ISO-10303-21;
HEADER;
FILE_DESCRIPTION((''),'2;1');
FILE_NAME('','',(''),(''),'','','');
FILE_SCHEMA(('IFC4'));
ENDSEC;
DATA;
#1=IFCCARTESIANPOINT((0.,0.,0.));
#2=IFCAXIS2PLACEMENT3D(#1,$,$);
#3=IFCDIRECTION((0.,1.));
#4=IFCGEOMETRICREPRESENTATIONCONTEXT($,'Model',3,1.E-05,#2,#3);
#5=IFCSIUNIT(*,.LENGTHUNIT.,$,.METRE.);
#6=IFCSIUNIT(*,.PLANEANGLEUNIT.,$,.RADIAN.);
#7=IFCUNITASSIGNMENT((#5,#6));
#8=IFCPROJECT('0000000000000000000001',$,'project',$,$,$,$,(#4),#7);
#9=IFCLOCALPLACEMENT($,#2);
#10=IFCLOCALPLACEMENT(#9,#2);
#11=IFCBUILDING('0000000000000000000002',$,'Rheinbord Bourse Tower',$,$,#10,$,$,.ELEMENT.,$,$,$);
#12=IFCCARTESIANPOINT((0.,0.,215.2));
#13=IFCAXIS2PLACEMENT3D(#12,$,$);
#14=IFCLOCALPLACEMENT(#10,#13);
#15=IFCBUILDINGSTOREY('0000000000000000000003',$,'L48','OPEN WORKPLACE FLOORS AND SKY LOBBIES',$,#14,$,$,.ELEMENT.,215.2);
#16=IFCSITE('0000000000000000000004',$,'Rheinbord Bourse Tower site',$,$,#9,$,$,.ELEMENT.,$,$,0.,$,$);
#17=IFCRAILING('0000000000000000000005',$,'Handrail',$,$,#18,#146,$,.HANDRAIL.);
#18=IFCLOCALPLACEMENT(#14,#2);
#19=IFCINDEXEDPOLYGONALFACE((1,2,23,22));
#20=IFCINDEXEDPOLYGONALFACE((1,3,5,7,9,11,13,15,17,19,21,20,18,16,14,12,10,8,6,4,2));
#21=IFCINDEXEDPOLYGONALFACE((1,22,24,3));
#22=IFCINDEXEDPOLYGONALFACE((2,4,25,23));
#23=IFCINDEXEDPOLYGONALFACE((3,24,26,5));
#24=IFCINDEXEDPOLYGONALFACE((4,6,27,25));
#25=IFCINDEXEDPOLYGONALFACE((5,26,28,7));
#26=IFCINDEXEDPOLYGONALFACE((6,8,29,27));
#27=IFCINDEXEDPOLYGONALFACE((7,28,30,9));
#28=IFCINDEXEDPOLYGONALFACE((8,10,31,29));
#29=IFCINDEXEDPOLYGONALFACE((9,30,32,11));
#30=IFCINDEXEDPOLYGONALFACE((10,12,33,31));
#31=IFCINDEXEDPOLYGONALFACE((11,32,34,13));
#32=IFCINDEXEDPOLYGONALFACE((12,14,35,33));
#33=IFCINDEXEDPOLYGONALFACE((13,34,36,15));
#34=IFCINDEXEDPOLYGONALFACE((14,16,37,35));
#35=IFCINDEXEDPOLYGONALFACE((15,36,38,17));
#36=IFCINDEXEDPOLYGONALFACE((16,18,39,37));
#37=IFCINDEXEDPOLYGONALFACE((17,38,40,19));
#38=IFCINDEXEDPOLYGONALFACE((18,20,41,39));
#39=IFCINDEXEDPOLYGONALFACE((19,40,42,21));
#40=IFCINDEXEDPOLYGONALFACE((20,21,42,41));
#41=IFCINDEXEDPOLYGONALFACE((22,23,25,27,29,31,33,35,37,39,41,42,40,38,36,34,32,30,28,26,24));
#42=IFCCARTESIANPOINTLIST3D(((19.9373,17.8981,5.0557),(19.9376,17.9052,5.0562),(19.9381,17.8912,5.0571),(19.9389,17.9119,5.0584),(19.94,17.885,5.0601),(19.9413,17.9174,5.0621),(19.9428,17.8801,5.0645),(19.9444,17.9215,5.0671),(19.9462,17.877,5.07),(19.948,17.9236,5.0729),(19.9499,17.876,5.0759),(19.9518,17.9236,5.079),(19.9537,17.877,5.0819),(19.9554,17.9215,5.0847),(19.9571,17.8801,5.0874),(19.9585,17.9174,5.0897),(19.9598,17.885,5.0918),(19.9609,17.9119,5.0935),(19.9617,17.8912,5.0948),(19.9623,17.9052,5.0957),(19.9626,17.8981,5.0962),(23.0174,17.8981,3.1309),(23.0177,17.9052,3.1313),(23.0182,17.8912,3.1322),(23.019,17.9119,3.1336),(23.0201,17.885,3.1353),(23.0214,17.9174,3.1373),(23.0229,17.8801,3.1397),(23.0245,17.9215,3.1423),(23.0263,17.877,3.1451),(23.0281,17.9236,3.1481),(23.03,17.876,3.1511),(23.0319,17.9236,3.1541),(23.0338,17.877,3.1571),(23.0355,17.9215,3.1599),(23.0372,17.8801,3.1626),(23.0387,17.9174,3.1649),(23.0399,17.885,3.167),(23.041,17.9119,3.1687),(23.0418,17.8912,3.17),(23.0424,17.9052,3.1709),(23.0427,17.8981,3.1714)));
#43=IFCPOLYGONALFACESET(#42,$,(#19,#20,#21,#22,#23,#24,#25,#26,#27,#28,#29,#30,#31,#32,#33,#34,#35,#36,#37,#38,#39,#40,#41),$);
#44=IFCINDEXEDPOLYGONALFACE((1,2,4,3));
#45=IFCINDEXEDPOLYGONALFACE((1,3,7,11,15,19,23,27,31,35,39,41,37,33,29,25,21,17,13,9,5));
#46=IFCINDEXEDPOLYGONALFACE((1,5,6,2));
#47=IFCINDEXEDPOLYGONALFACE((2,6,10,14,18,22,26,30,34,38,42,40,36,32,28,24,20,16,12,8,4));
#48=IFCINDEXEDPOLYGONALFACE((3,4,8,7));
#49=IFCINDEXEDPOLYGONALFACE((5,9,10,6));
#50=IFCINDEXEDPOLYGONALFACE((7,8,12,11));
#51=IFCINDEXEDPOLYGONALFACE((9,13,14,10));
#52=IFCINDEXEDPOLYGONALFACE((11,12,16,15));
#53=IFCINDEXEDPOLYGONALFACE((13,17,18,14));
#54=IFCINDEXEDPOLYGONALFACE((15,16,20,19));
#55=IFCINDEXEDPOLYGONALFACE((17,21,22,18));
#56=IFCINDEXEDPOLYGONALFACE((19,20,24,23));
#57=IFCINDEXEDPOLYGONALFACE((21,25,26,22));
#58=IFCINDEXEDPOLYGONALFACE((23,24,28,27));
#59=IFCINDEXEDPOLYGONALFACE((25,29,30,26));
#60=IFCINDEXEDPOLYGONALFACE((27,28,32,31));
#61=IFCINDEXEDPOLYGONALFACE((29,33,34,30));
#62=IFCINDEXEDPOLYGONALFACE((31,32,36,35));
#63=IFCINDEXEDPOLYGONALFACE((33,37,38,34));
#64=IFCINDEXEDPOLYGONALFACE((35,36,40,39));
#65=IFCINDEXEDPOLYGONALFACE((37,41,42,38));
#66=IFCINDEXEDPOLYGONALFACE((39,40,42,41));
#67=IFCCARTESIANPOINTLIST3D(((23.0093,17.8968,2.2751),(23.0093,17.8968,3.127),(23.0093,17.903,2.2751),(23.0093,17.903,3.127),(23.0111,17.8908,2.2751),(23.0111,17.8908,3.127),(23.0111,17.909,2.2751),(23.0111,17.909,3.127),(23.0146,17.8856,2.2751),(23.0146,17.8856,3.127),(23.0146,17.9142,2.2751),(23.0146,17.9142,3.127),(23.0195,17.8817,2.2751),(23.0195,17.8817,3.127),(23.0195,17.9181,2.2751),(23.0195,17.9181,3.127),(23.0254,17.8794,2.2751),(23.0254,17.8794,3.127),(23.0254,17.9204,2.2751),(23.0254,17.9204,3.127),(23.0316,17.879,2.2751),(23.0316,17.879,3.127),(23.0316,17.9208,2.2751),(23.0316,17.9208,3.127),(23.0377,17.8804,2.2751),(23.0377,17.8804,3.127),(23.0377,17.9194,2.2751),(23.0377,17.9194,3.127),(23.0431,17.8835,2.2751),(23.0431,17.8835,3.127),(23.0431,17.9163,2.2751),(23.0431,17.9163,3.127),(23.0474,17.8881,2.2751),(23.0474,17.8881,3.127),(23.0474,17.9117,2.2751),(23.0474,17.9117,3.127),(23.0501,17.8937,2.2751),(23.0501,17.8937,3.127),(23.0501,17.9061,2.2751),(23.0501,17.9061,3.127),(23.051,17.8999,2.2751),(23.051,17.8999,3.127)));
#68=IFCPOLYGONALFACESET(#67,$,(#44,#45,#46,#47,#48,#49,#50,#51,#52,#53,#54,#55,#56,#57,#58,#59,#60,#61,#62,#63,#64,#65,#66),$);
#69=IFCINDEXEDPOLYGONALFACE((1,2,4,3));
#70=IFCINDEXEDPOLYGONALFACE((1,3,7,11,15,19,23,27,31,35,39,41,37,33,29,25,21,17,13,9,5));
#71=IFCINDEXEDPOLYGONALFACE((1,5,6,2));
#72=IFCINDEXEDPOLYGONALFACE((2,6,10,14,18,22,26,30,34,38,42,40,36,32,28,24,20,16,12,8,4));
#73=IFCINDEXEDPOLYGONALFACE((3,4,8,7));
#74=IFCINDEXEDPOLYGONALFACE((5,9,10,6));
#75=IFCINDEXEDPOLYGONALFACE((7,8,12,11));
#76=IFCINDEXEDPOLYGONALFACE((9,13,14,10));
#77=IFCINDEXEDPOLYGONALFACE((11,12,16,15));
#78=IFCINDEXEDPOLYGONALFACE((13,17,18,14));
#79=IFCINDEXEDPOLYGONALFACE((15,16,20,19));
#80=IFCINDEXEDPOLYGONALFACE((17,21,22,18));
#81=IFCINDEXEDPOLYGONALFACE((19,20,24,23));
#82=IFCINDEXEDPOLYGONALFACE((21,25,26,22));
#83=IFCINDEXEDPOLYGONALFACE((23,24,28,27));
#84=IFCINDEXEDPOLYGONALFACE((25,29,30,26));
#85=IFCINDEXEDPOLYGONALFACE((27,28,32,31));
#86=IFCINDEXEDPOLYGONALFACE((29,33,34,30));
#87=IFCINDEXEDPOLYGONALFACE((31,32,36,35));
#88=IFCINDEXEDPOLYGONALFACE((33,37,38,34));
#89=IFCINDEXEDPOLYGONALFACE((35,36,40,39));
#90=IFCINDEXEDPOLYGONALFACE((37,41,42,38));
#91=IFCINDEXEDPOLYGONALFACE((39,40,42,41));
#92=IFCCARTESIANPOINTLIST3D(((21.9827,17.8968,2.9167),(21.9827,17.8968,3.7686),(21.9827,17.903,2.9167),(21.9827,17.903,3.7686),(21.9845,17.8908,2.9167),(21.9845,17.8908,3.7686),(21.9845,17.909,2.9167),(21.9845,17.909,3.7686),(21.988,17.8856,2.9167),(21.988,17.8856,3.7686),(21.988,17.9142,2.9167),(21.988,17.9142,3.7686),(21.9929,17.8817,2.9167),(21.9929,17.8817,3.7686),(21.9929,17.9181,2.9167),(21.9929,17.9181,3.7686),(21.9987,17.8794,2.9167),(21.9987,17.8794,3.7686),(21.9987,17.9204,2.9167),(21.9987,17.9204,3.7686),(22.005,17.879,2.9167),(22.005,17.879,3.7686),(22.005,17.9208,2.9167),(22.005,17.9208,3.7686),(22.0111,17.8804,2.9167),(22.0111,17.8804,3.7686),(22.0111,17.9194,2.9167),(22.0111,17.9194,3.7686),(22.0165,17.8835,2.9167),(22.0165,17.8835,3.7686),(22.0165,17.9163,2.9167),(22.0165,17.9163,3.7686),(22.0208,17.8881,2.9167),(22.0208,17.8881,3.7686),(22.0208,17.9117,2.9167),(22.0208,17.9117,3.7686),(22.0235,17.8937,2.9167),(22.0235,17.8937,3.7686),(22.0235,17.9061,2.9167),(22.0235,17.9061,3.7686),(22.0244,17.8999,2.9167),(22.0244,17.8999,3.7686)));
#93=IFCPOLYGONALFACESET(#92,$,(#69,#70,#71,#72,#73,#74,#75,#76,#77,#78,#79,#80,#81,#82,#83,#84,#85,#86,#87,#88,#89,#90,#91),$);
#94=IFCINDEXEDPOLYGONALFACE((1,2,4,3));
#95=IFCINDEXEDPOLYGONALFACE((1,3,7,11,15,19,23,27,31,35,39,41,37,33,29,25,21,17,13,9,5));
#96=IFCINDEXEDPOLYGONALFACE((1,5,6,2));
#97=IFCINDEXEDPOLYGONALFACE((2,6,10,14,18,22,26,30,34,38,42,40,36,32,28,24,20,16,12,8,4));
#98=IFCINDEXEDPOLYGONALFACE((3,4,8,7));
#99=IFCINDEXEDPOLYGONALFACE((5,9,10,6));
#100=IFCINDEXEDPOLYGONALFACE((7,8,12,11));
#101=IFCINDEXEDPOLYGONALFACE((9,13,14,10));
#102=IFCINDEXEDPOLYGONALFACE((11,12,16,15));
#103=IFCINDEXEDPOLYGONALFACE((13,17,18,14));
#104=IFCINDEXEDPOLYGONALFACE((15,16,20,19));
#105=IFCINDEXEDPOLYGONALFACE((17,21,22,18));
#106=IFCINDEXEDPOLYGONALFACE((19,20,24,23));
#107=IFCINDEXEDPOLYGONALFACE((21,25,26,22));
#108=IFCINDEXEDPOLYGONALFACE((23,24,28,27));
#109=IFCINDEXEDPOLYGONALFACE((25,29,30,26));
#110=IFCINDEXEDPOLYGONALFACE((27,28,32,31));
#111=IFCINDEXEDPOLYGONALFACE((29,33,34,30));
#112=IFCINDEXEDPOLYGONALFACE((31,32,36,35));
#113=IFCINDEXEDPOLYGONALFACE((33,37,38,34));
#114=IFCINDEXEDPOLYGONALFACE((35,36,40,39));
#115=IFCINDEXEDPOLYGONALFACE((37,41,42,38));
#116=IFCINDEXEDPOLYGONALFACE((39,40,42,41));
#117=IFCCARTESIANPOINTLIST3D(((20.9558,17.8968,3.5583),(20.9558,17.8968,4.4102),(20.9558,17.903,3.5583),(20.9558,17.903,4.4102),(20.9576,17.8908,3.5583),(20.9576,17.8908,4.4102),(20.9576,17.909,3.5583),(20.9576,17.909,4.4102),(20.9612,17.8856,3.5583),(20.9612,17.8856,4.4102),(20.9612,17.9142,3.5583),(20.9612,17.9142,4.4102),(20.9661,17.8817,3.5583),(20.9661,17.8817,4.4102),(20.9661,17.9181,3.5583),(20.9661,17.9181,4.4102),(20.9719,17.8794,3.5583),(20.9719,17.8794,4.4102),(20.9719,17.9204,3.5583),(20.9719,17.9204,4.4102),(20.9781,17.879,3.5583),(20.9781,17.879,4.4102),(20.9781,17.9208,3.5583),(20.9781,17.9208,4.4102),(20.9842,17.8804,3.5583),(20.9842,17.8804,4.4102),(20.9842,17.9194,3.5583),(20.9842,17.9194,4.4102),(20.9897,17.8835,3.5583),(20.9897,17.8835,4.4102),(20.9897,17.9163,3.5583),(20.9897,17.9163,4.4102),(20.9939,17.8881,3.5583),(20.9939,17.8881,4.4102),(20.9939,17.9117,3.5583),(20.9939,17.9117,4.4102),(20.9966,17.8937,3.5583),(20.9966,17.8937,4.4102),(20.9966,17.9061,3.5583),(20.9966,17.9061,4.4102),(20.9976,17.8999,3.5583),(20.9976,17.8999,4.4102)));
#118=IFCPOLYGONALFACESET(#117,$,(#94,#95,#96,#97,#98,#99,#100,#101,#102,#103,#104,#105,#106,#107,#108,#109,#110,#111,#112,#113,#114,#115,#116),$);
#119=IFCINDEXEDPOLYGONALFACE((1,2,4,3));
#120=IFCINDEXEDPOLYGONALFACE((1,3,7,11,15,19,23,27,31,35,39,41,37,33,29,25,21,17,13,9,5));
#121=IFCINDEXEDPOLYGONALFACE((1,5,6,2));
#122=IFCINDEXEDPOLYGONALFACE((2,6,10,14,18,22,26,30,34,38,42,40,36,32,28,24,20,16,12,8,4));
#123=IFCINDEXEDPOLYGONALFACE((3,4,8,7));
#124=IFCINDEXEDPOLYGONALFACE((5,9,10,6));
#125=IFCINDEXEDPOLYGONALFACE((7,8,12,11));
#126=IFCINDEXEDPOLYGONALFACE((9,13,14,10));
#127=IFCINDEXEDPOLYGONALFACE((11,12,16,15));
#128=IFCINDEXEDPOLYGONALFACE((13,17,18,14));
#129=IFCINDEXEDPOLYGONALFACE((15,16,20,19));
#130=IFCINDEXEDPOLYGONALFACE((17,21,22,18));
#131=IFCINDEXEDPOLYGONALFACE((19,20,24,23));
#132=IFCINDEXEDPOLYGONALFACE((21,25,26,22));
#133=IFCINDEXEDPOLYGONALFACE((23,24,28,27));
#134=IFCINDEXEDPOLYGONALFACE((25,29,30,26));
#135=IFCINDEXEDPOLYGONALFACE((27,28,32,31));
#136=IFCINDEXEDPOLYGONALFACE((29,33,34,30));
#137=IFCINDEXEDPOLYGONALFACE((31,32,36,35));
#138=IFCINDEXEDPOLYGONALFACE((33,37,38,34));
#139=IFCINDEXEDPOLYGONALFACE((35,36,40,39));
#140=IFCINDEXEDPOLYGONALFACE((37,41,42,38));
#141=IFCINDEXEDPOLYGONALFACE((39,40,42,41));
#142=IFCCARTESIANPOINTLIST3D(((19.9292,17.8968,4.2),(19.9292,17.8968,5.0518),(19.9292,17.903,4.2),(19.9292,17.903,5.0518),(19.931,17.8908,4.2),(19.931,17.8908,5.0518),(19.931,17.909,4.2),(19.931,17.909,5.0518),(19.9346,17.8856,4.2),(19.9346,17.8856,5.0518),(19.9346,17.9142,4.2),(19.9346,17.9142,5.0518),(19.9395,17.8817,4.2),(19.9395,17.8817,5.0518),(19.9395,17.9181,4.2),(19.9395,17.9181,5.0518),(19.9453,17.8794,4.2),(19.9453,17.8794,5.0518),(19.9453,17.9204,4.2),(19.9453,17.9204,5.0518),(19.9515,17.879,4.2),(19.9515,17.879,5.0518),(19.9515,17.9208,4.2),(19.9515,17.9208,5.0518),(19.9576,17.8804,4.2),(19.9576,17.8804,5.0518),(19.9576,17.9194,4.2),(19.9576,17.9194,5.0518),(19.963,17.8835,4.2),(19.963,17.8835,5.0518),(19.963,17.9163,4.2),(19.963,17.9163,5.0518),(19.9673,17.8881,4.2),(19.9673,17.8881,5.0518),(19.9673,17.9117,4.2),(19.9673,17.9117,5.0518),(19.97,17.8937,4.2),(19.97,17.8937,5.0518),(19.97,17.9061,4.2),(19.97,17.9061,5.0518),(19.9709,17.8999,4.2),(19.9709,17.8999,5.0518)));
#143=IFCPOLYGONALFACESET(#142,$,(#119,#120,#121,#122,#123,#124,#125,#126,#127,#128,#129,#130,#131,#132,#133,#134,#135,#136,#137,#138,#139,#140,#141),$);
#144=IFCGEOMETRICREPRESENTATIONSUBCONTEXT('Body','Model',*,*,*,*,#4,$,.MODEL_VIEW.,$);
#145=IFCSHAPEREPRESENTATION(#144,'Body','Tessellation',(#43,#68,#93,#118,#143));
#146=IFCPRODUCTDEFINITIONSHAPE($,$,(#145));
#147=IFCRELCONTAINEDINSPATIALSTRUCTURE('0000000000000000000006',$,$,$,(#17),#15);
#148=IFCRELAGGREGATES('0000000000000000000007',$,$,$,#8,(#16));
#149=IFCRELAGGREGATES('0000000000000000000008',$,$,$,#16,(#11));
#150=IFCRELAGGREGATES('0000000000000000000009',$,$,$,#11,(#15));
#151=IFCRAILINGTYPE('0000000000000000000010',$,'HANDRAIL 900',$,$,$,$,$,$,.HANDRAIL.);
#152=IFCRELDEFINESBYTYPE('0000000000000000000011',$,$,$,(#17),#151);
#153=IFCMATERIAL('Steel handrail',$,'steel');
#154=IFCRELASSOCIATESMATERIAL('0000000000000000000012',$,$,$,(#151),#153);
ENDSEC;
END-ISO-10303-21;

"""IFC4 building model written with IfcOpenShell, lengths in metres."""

from ifc_helpers import new_model, si_unit, direction, frame, origin, origin_2d, place, context, subcontext, project, spatial, circle, extrude, material, type_object, element, save


model = new_model("IFC4")

# Units and contexts
model_context = context("Model", 3, precision=1e-05, world=origin(), true_north=direction((0.0, 1.0)))
body_context = subcontext(model_context, "Body", "Model", "MODEL_VIEW")
ifc_project = project(units=[si_unit("LENGTHUNIT", "METRE"), si_unit("PLANEANGLEUNIT", "RADIAN")], contexts=[model_context])

# Site, building, storey
site_placement = place(None, origin())
site = spatial("IfcSite", under=ifc_project, at=site_placement, Name="Rheinbord Bourse Tower site", CompositionType="ELEMENT", RefElevation=0.0)
building_placement = place(site_placement, origin())
building = spatial("IfcBuilding", under=site, at=building_placement, Name="Rheinbord Bourse Tower", CompositionType="ELEMENT")
storey_placement = place(building_placement, frame((0.0, 0.0, 215.2)))
storey = spatial("IfcBuildingStorey", under=building, at=storey_placement, Name="L48", Description="OPEN WORKPLACE FLOORS AND SKY LOBBIES", CompositionType="ELEMENT", Elevation=215.2)

# Railing
ifc_material_1 = material(Name="Steel handrail", Category="steel")
railing_type = type_object("IfcRailingType", Name="HANDRAIL 900", PredefinedType="HANDRAIL", material=ifc_material_1)
railing_1_placement = place(storey_placement, frame((23.03, 17.8999, 2.2751)))
element("IfcRailing", 1, at=railing_1_placement, inside=storey, type_object=railing_type, Name="Handrail", PredefinedType="HANDRAIL", context=body_context, shape_type="SweptSolid", body=[
    extrude(circle(Radius=0.0239, at=origin_2d()), frame((0.0, 0.0, 0.876), z_axis=(-0.848029, 0.0, 0.529951), x_axis=(0.0, -1.0, 0.0)), (0.0, 0.0, 1.0), 3.6321),
    extrude(circle(Radius=0.021, at=origin_2d()), origin(), (0.0, 0.0, 1.0), 0.8518),
    extrude(circle(Radius=0.021, at=origin_2d()), frame((-1.0266, 0.0, 0.6416)), (0.0, 0.0, 1.0), 0.8518),
    extrude(circle(Radius=0.021, at=origin_2d()), frame((-2.0535, 0.0, 1.2832)), (0.0, 0.0, 1.0), 0.8518),
    extrude(circle(Radius=0.021, at=origin_2d()), frame((-3.0801, 0.0, 1.9248)), (0.0, 0.0, 1.0), 0.8518),
])

save(model, "model.ifc")
